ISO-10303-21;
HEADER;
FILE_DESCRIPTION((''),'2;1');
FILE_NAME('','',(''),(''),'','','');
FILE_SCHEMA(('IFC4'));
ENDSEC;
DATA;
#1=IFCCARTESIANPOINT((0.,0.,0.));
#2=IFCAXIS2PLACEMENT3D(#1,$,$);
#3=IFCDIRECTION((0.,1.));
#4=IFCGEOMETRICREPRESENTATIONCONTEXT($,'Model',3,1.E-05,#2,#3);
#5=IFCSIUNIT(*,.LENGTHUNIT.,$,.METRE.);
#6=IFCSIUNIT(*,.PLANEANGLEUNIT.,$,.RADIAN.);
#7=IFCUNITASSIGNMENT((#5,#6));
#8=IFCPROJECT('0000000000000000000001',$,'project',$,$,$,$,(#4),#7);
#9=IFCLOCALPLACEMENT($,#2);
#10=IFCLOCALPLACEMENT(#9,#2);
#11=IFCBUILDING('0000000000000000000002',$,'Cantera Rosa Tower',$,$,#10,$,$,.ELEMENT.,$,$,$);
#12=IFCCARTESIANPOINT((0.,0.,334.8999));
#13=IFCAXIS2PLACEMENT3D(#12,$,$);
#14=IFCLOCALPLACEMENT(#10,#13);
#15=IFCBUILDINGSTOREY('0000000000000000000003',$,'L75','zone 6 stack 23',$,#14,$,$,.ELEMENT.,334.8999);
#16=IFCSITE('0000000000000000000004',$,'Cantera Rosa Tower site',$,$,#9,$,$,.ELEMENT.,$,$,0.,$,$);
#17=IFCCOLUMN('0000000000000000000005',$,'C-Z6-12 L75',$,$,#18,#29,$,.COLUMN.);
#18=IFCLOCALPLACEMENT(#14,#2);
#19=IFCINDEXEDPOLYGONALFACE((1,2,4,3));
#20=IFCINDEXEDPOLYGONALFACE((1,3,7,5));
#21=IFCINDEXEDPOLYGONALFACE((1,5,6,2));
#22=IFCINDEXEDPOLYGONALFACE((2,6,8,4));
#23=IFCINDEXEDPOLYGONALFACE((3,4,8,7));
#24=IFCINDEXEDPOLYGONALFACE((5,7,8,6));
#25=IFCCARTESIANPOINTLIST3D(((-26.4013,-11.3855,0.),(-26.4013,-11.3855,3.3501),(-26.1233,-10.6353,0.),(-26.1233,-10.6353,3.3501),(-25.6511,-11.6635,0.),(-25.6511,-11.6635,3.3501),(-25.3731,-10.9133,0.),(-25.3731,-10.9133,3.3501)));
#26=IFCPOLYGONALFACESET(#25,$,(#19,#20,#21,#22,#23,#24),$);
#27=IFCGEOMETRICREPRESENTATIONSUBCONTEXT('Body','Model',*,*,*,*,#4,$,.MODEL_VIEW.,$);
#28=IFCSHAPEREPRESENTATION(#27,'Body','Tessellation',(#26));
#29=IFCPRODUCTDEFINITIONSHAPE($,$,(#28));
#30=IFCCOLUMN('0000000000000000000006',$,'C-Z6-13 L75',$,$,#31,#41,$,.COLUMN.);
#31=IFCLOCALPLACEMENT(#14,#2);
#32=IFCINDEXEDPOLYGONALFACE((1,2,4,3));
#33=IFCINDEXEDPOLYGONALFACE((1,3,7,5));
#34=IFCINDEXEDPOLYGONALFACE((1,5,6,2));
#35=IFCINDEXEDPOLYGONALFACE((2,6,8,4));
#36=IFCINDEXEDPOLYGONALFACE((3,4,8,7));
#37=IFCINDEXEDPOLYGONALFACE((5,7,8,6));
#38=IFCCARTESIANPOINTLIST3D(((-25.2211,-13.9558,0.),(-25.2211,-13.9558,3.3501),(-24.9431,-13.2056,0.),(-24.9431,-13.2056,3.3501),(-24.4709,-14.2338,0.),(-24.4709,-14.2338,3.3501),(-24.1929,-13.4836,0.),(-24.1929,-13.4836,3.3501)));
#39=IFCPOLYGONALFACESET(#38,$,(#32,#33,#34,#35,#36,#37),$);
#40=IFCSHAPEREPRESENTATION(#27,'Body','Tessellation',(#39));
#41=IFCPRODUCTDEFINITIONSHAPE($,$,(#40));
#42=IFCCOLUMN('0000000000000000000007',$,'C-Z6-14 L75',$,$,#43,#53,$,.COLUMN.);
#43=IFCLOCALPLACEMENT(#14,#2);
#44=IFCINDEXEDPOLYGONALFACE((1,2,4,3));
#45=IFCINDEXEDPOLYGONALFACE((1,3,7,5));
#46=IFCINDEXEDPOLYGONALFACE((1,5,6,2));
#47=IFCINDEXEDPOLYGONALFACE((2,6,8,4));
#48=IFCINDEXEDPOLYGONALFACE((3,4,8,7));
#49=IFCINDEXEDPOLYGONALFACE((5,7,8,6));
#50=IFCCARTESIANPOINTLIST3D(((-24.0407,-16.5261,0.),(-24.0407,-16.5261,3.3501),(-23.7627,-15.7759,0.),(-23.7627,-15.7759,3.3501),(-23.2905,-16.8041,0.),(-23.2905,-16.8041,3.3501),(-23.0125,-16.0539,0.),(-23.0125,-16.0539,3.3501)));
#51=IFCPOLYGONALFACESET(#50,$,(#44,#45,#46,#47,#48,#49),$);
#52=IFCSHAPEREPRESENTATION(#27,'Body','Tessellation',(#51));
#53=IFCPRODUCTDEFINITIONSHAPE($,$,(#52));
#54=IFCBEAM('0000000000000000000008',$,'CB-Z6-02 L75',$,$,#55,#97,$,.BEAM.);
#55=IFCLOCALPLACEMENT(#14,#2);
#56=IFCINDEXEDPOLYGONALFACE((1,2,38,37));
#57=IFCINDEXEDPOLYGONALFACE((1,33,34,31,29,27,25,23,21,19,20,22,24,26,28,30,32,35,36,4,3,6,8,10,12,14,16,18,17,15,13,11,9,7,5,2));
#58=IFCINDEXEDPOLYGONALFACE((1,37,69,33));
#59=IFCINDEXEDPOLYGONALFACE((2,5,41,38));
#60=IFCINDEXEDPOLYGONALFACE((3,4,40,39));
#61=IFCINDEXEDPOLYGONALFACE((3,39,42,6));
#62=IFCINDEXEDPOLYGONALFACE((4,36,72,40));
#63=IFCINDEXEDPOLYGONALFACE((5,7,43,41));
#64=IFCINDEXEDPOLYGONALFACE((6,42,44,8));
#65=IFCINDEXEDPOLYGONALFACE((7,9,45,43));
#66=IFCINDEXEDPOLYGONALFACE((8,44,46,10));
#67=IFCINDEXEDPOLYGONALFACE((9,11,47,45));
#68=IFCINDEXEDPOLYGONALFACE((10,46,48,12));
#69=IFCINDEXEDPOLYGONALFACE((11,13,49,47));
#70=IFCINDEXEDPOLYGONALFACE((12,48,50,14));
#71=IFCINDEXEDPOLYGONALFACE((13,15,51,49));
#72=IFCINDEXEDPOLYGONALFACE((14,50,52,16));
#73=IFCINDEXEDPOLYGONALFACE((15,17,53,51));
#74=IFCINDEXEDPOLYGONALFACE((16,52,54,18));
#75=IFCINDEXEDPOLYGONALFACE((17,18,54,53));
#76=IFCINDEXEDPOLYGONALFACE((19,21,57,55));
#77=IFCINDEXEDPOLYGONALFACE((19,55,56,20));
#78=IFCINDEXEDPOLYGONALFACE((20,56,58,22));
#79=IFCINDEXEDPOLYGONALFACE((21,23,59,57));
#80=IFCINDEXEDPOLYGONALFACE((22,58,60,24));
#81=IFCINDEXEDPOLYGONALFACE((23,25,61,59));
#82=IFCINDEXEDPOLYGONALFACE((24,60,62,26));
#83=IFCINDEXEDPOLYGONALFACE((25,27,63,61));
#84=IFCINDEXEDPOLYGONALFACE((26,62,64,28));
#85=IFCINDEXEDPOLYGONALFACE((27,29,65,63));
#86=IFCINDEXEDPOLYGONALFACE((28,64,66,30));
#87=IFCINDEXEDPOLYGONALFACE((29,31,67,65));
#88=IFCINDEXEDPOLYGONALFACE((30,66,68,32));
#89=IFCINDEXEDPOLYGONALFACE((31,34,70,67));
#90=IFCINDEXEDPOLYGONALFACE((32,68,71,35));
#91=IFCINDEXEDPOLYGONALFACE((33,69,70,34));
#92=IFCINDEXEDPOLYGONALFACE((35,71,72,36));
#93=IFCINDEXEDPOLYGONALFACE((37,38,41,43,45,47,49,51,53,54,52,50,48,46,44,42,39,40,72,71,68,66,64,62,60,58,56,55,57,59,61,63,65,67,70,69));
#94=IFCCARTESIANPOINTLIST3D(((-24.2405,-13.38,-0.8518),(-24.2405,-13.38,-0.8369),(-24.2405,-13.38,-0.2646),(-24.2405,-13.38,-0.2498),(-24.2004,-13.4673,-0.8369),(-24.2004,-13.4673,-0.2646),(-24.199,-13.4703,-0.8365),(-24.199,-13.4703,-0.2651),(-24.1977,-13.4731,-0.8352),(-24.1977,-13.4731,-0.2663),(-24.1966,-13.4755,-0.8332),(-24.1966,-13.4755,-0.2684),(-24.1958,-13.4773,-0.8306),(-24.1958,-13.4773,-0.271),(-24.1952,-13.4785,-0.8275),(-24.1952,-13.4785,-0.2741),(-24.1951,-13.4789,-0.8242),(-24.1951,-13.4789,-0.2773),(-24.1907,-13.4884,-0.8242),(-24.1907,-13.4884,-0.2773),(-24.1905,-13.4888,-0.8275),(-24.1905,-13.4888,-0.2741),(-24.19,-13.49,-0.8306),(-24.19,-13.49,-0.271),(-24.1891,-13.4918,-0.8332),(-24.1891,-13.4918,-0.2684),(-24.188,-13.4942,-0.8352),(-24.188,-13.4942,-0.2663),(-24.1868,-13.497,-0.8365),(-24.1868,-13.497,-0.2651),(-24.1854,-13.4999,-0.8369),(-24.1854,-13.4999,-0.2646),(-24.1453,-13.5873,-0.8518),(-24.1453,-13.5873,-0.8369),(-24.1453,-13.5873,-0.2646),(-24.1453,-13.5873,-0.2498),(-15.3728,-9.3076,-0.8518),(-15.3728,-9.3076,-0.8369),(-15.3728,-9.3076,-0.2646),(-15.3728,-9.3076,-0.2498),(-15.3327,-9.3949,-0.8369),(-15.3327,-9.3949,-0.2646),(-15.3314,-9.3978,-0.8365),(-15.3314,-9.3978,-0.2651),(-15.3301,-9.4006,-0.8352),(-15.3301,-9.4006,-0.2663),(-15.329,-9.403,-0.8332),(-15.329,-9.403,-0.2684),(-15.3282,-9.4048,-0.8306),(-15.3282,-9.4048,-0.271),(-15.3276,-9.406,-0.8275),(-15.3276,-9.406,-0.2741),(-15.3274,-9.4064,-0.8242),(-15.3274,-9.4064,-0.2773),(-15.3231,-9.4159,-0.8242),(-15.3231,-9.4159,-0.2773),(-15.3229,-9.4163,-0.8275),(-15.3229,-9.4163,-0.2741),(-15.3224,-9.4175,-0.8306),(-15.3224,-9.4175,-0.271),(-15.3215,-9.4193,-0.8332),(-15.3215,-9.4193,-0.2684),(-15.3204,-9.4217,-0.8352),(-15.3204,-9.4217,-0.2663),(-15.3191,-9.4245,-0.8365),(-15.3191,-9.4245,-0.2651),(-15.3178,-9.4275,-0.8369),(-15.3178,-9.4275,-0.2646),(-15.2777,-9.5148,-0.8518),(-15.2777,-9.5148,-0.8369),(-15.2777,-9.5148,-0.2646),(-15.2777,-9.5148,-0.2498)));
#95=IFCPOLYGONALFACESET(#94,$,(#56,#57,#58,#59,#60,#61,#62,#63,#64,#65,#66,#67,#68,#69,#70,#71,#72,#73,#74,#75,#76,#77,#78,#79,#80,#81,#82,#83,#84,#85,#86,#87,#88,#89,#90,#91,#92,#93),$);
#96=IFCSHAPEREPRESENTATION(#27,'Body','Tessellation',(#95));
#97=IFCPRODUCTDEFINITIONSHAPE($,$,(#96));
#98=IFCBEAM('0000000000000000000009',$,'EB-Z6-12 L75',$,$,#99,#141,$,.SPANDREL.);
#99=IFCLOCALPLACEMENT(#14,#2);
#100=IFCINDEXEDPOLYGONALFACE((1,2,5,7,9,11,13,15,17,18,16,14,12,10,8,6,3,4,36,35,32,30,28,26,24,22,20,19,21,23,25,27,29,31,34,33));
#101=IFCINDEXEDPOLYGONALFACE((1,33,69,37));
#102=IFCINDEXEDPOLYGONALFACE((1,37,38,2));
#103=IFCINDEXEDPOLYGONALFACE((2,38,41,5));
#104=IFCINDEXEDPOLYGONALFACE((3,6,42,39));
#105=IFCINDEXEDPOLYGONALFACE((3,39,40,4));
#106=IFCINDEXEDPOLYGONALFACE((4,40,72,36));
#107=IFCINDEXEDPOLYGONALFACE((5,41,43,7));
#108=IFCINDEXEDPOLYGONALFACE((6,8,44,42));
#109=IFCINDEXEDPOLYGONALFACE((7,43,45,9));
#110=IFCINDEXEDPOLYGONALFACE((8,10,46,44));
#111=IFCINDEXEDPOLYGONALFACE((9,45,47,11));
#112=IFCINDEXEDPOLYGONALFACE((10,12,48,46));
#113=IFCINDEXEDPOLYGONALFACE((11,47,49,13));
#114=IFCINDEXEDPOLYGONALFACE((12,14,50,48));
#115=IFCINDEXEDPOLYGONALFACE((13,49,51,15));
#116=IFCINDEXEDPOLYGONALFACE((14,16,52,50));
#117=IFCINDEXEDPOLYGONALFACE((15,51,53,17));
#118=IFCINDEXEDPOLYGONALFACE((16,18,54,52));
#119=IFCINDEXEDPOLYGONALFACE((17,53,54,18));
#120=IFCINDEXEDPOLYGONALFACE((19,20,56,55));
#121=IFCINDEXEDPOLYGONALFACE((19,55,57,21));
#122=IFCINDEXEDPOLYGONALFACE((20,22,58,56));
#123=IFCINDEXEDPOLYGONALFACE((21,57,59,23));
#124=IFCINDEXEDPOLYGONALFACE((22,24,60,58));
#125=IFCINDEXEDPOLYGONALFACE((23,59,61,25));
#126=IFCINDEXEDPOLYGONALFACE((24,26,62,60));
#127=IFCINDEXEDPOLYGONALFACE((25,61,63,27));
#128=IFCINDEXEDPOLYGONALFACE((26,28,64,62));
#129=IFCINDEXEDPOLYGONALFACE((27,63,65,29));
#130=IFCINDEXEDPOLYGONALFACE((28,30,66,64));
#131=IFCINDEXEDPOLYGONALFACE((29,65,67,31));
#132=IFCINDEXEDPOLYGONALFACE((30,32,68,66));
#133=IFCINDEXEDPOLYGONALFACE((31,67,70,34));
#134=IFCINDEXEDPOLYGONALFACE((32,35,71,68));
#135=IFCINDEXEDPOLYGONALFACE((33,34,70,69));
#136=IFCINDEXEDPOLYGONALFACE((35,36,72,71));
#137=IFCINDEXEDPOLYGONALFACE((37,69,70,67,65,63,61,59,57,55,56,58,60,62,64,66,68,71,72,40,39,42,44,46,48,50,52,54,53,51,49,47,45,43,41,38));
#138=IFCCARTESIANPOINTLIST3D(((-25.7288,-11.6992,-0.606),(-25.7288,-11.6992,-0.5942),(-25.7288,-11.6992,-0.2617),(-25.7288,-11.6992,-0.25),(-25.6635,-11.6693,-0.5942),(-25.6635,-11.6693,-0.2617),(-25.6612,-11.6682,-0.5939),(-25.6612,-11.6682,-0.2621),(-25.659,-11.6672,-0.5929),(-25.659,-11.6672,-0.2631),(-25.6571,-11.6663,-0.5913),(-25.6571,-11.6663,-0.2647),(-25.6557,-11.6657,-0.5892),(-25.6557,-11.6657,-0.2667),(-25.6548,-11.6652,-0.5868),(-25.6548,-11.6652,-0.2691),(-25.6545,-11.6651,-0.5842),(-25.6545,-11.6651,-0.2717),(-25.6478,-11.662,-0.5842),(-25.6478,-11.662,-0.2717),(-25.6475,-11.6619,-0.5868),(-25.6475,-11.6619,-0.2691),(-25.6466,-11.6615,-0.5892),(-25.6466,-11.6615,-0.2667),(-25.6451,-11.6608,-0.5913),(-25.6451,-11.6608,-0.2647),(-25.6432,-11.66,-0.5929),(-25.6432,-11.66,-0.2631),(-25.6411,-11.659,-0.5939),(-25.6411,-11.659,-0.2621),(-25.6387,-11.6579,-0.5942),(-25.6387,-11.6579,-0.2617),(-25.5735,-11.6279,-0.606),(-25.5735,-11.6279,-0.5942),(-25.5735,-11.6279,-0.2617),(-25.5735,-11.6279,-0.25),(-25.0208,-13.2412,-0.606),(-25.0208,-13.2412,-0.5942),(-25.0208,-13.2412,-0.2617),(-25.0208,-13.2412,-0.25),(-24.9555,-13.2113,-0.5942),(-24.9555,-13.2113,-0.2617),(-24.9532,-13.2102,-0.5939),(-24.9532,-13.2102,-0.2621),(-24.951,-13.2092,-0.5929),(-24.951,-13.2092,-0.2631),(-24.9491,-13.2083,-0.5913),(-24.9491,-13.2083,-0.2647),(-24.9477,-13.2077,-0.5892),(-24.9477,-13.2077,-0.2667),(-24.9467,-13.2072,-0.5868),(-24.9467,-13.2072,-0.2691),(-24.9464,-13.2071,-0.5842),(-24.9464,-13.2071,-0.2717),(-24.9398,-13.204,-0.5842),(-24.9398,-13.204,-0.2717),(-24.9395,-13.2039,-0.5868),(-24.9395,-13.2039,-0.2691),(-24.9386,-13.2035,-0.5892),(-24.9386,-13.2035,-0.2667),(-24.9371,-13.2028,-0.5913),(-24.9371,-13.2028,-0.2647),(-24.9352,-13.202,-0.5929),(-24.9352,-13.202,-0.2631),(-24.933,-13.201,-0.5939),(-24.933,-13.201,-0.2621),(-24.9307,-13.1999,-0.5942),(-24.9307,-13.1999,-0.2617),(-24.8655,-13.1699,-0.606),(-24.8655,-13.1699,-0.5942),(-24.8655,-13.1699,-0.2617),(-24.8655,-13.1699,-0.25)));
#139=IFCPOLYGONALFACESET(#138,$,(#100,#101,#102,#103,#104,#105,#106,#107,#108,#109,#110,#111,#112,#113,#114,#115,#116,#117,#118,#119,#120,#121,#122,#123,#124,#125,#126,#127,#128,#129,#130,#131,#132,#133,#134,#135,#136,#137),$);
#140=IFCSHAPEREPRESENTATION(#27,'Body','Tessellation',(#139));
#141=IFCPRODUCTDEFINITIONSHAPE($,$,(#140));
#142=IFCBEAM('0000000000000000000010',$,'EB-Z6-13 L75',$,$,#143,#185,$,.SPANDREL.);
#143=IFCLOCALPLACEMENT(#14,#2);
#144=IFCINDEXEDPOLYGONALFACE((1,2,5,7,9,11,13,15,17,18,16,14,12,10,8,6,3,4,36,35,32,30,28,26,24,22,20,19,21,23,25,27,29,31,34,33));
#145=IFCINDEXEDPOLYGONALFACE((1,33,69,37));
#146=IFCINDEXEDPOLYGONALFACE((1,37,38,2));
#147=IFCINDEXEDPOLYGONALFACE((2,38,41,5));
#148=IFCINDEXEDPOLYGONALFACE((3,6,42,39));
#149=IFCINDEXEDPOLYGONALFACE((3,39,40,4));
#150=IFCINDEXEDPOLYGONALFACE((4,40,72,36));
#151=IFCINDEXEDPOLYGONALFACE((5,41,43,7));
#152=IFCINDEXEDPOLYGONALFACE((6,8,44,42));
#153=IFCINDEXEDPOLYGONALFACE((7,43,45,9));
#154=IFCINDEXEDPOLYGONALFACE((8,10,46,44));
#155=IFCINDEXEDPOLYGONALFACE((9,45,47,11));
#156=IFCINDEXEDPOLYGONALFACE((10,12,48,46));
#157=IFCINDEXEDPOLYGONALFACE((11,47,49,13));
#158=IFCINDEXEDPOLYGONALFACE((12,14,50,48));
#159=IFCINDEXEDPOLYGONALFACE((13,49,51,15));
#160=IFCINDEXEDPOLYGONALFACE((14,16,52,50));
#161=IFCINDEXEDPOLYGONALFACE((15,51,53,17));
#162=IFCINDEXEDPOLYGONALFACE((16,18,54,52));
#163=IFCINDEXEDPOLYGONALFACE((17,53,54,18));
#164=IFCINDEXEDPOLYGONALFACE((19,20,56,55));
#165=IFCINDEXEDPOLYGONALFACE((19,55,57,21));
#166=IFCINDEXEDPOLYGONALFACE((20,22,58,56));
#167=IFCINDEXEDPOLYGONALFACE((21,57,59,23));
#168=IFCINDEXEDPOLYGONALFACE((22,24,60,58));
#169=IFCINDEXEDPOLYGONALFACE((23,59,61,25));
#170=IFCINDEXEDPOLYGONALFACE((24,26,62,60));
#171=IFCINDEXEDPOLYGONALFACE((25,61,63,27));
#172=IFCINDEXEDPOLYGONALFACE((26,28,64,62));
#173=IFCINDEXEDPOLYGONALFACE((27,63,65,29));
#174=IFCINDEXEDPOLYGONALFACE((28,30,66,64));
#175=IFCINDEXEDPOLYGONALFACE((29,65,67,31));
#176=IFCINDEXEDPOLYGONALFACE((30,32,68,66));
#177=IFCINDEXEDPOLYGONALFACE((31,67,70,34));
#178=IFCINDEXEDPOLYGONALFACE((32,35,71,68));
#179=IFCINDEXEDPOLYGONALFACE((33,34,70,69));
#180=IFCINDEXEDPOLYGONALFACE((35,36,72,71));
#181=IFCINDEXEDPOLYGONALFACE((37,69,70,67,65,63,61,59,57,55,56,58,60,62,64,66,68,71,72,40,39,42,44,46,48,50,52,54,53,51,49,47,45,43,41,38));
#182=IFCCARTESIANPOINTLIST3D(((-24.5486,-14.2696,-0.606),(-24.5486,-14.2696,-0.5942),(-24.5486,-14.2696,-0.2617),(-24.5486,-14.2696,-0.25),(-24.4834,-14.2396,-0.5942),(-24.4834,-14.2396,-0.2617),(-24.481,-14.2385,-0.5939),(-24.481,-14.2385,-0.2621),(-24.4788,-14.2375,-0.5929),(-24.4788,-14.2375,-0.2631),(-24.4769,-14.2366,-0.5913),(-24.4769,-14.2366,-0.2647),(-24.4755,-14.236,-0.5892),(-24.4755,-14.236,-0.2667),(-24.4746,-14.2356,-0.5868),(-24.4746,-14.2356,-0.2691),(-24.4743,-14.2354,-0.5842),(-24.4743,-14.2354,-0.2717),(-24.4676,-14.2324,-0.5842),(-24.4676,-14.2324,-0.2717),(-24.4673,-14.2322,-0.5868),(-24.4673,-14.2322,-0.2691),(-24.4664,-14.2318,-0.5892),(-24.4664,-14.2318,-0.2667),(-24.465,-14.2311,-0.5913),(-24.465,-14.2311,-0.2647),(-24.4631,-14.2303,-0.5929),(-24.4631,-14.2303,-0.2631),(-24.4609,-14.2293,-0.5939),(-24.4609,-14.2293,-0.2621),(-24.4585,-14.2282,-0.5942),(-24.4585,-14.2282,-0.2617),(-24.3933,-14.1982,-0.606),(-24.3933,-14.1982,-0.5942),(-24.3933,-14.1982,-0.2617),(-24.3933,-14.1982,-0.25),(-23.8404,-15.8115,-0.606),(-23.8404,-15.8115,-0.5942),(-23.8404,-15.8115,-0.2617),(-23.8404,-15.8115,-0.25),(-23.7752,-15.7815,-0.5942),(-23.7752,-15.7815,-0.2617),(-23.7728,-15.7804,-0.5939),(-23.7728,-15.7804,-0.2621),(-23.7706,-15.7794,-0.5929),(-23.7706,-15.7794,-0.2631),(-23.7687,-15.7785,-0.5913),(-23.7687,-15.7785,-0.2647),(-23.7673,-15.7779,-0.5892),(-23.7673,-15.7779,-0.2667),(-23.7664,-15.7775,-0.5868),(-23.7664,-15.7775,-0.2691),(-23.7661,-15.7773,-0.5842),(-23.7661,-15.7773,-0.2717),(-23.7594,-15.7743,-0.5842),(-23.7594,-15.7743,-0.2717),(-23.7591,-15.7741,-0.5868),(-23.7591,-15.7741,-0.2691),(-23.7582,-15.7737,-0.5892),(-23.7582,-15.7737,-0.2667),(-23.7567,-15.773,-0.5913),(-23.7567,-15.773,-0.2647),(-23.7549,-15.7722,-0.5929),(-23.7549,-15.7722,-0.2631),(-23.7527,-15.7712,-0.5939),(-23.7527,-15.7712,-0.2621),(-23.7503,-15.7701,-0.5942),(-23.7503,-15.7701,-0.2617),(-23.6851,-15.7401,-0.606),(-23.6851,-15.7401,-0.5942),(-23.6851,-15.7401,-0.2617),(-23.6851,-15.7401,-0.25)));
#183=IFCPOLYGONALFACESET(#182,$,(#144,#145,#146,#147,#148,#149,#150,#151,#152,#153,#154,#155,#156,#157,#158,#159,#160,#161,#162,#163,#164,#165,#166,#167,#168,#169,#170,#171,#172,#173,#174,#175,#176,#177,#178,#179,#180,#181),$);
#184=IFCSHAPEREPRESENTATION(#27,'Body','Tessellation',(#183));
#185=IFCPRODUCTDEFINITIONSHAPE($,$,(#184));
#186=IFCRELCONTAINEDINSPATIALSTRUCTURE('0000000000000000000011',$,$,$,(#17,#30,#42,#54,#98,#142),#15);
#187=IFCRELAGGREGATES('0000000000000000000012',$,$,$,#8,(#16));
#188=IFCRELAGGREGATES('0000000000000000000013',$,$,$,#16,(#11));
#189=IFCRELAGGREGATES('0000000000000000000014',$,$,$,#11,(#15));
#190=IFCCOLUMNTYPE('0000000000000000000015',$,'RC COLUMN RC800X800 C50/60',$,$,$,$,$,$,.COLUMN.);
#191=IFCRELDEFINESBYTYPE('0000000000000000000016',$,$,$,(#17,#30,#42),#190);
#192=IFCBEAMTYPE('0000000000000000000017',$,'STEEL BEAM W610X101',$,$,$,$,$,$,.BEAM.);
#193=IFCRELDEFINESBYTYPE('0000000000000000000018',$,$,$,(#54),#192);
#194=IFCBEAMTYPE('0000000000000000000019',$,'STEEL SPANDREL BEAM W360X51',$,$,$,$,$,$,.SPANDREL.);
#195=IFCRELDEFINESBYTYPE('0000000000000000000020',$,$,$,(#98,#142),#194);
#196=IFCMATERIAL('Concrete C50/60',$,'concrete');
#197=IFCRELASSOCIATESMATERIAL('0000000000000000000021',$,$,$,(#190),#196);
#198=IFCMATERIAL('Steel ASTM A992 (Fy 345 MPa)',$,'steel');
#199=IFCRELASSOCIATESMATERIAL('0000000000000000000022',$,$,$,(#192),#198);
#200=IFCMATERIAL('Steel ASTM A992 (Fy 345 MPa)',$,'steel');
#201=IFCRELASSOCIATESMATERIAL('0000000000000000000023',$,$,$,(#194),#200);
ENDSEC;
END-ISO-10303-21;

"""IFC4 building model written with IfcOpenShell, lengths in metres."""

from ifc_helpers import new_model, si_unit, direction, frame, origin, origin_2d, place, context, subcontext, project, spatial, rectangle, i_section, extrude, material, material_profile, profile_set, type_object, element, save


model = new_model("IFC4")

# Units and contexts
model_context = context("Model", 3, precision=1e-05, world=origin(), true_north=direction((0.0, 1.0)))
body_context = subcontext(model_context, "Body", "Model", "MODEL_VIEW")
ifc_project = project(units=[si_unit("LENGTHUNIT", "METRE"), si_unit("PLANEANGLEUNIT", "RADIAN")], contexts=[model_context])

# Site, building, storey
site_placement = place(None, origin())
site = spatial("IfcSite", under=ifc_project, at=site_placement, Name="Cantera Rosa Tower site", CompositionType="ELEMENT", RefElevation=0.0)
building_placement = place(site_placement, origin())
building = spatial("IfcBuilding", under=site, at=building_placement, Name="Cantera Rosa Tower", CompositionType="ELEMENT")
storey_placement = place(building_placement, frame((0.0, 0.0, 334.8999)))
storey = spatial("IfcBuildingStorey", under=building, at=storey_placement, Name="L75", Description="zone 6 stack 23", CompositionType="ELEMENT", Elevation=334.8999)

# Columns
ifc_material_1 = material(Name="Concrete C50/60", Category="concrete")
ifc_material_profile_1 = material_profile(ifc_material_1, rectangle(XDim=0.8, YDim=0.8, at=origin_2d()), Name="RC COLUMN RC800X800 C50/60")
ifc_profile_set_1 = profile_set([ifc_material_profile_1], Name="Concrete C50/60")
column_type = type_object("IfcColumnType", Name="RC COLUMN RC800X800 C50/60", PredefinedType="COLUMN", material=ifc_profile_set_1)
for number, where, z_axis, x_axis, name in (
    (1, (-25.8872, -11.1494, 0.0), (0.0, 0.0, 1.0), (0.347481, 0.937687, 0.0), "C-Z6-12 L75"),
    (2, (-24.707, -13.7197, 0.0), (0.0, 0.0, 1.0), (0.347481, 0.937687, 0.0), "C-Z6-13 L75"),
    (3, (-23.5266, -16.29, 0.0), (0.0, 0.0, 1.0), (0.347481, 0.937687, 0.0), "C-Z6-14 L75"),
):
    element("IfcColumn", number, at=place(storey_placement, frame(where, z_axis=z_axis, x_axis=x_axis)), inside=storey, type_object=column_type, Name=name, PredefinedType="COLUMN", context=body_context, shape_type="SweptSolid", body=[
        extrude(rectangle(XDim=0.8, YDim=0.8, at=origin_2d()), origin(), (0.0, 0.0, 1.0), 3.3501),
    ])

# Beams
ifc_material_2 = material(Name="Steel ASTM A992 (Fy 345 MPa)", Category="steel")
ifc_material_profile_2 = material_profile(ifc_material_2, i_section(OverallWidth=0.228, OverallDepth=0.6021, WebThickness=0.0105, FlangeThickness=0.0149, FilletRadius=0.0127, at=origin_2d()), Name="W610X101")
ifc_profile_set_2 = profile_set([ifc_material_profile_2], Name="Steel ASTM A992 (Fy 345 MPa)")
beam_type_1 = type_object("IfcBeamType", Name="STEEL BEAM W610X101", PredefinedType="BEAM", material=ifc_profile_set_2)
beam_1_placement = place(storey_placement, frame((-24.1929, -13.4836, -0.5508), z_axis=(0.908748, 0.417346, 0.0), x_axis=(-0.417346, 0.908748, 0.0)))
element("IfcBeam", 4, at=beam_1_placement, inside=storey, type_object=beam_type_1, Name="CB-Z6-02 L75", PredefinedType="BEAM", context=body_context, shape_type="SweptSolid", body=[
    extrude(i_section(OverallWidth=0.228, OverallDepth=0.6021, WebThickness=0.0105, FlangeThickness=0.0149, FilletRadius=0.0127, at=origin_2d()), origin(), (0.0, 0.0, 1.0), 9.7581),
])
ifc_material_3 = material(Name="Steel ASTM A992 (Fy 345 MPa)", Category="steel")
ifc_material_profile_3 = material_profile(ifc_material_3, i_section(OverallWidth=0.1709, OverallDepth=0.356, WebThickness=0.0073, FlangeThickness=0.0117, FilletRadius=0.01, at=origin_2d()), Name="W360X51")
ifc_profile_set_3 = profile_set([ifc_material_profile_3], Name="Steel ASTM A992 (Fy 345 MPa)")
beam_type_2 = type_object("IfcBeamType", Name="STEEL SPANDREL BEAM W360X51", PredefinedType="SPANDREL", material=ifc_profile_set_3)
for number, where, z_axis, x_axis, name in (
    (5, (-25.6511, -11.6636, -0.428), (0.417269, -0.908783, 0.0), (0.908783, 0.417269, 0.0), "EB-Z6-12 L75"),
    (6, (-24.4709, -14.2339, -0.428), (0.417388, -0.908728, 0.0), (0.908728, 0.417388, 0.0), "EB-Z6-13 L75"),
):
    element("IfcBeam", number, at=place(storey_placement, frame(where, z_axis=z_axis, x_axis=x_axis)), inside=storey, type_object=beam_type_2, Name=name, PredefinedType="SPANDREL", context=body_context, shape_type="SweptSolid", body=[
        extrude(i_section(OverallWidth=0.1709, OverallDepth=0.356, WebThickness=0.0073, FlangeThickness=0.0117, FilletRadius=0.01, at=origin_2d()), origin(), (0.0, 0.0, 1.0), 1.6968),
    ])

save(model, "model.ifc")
